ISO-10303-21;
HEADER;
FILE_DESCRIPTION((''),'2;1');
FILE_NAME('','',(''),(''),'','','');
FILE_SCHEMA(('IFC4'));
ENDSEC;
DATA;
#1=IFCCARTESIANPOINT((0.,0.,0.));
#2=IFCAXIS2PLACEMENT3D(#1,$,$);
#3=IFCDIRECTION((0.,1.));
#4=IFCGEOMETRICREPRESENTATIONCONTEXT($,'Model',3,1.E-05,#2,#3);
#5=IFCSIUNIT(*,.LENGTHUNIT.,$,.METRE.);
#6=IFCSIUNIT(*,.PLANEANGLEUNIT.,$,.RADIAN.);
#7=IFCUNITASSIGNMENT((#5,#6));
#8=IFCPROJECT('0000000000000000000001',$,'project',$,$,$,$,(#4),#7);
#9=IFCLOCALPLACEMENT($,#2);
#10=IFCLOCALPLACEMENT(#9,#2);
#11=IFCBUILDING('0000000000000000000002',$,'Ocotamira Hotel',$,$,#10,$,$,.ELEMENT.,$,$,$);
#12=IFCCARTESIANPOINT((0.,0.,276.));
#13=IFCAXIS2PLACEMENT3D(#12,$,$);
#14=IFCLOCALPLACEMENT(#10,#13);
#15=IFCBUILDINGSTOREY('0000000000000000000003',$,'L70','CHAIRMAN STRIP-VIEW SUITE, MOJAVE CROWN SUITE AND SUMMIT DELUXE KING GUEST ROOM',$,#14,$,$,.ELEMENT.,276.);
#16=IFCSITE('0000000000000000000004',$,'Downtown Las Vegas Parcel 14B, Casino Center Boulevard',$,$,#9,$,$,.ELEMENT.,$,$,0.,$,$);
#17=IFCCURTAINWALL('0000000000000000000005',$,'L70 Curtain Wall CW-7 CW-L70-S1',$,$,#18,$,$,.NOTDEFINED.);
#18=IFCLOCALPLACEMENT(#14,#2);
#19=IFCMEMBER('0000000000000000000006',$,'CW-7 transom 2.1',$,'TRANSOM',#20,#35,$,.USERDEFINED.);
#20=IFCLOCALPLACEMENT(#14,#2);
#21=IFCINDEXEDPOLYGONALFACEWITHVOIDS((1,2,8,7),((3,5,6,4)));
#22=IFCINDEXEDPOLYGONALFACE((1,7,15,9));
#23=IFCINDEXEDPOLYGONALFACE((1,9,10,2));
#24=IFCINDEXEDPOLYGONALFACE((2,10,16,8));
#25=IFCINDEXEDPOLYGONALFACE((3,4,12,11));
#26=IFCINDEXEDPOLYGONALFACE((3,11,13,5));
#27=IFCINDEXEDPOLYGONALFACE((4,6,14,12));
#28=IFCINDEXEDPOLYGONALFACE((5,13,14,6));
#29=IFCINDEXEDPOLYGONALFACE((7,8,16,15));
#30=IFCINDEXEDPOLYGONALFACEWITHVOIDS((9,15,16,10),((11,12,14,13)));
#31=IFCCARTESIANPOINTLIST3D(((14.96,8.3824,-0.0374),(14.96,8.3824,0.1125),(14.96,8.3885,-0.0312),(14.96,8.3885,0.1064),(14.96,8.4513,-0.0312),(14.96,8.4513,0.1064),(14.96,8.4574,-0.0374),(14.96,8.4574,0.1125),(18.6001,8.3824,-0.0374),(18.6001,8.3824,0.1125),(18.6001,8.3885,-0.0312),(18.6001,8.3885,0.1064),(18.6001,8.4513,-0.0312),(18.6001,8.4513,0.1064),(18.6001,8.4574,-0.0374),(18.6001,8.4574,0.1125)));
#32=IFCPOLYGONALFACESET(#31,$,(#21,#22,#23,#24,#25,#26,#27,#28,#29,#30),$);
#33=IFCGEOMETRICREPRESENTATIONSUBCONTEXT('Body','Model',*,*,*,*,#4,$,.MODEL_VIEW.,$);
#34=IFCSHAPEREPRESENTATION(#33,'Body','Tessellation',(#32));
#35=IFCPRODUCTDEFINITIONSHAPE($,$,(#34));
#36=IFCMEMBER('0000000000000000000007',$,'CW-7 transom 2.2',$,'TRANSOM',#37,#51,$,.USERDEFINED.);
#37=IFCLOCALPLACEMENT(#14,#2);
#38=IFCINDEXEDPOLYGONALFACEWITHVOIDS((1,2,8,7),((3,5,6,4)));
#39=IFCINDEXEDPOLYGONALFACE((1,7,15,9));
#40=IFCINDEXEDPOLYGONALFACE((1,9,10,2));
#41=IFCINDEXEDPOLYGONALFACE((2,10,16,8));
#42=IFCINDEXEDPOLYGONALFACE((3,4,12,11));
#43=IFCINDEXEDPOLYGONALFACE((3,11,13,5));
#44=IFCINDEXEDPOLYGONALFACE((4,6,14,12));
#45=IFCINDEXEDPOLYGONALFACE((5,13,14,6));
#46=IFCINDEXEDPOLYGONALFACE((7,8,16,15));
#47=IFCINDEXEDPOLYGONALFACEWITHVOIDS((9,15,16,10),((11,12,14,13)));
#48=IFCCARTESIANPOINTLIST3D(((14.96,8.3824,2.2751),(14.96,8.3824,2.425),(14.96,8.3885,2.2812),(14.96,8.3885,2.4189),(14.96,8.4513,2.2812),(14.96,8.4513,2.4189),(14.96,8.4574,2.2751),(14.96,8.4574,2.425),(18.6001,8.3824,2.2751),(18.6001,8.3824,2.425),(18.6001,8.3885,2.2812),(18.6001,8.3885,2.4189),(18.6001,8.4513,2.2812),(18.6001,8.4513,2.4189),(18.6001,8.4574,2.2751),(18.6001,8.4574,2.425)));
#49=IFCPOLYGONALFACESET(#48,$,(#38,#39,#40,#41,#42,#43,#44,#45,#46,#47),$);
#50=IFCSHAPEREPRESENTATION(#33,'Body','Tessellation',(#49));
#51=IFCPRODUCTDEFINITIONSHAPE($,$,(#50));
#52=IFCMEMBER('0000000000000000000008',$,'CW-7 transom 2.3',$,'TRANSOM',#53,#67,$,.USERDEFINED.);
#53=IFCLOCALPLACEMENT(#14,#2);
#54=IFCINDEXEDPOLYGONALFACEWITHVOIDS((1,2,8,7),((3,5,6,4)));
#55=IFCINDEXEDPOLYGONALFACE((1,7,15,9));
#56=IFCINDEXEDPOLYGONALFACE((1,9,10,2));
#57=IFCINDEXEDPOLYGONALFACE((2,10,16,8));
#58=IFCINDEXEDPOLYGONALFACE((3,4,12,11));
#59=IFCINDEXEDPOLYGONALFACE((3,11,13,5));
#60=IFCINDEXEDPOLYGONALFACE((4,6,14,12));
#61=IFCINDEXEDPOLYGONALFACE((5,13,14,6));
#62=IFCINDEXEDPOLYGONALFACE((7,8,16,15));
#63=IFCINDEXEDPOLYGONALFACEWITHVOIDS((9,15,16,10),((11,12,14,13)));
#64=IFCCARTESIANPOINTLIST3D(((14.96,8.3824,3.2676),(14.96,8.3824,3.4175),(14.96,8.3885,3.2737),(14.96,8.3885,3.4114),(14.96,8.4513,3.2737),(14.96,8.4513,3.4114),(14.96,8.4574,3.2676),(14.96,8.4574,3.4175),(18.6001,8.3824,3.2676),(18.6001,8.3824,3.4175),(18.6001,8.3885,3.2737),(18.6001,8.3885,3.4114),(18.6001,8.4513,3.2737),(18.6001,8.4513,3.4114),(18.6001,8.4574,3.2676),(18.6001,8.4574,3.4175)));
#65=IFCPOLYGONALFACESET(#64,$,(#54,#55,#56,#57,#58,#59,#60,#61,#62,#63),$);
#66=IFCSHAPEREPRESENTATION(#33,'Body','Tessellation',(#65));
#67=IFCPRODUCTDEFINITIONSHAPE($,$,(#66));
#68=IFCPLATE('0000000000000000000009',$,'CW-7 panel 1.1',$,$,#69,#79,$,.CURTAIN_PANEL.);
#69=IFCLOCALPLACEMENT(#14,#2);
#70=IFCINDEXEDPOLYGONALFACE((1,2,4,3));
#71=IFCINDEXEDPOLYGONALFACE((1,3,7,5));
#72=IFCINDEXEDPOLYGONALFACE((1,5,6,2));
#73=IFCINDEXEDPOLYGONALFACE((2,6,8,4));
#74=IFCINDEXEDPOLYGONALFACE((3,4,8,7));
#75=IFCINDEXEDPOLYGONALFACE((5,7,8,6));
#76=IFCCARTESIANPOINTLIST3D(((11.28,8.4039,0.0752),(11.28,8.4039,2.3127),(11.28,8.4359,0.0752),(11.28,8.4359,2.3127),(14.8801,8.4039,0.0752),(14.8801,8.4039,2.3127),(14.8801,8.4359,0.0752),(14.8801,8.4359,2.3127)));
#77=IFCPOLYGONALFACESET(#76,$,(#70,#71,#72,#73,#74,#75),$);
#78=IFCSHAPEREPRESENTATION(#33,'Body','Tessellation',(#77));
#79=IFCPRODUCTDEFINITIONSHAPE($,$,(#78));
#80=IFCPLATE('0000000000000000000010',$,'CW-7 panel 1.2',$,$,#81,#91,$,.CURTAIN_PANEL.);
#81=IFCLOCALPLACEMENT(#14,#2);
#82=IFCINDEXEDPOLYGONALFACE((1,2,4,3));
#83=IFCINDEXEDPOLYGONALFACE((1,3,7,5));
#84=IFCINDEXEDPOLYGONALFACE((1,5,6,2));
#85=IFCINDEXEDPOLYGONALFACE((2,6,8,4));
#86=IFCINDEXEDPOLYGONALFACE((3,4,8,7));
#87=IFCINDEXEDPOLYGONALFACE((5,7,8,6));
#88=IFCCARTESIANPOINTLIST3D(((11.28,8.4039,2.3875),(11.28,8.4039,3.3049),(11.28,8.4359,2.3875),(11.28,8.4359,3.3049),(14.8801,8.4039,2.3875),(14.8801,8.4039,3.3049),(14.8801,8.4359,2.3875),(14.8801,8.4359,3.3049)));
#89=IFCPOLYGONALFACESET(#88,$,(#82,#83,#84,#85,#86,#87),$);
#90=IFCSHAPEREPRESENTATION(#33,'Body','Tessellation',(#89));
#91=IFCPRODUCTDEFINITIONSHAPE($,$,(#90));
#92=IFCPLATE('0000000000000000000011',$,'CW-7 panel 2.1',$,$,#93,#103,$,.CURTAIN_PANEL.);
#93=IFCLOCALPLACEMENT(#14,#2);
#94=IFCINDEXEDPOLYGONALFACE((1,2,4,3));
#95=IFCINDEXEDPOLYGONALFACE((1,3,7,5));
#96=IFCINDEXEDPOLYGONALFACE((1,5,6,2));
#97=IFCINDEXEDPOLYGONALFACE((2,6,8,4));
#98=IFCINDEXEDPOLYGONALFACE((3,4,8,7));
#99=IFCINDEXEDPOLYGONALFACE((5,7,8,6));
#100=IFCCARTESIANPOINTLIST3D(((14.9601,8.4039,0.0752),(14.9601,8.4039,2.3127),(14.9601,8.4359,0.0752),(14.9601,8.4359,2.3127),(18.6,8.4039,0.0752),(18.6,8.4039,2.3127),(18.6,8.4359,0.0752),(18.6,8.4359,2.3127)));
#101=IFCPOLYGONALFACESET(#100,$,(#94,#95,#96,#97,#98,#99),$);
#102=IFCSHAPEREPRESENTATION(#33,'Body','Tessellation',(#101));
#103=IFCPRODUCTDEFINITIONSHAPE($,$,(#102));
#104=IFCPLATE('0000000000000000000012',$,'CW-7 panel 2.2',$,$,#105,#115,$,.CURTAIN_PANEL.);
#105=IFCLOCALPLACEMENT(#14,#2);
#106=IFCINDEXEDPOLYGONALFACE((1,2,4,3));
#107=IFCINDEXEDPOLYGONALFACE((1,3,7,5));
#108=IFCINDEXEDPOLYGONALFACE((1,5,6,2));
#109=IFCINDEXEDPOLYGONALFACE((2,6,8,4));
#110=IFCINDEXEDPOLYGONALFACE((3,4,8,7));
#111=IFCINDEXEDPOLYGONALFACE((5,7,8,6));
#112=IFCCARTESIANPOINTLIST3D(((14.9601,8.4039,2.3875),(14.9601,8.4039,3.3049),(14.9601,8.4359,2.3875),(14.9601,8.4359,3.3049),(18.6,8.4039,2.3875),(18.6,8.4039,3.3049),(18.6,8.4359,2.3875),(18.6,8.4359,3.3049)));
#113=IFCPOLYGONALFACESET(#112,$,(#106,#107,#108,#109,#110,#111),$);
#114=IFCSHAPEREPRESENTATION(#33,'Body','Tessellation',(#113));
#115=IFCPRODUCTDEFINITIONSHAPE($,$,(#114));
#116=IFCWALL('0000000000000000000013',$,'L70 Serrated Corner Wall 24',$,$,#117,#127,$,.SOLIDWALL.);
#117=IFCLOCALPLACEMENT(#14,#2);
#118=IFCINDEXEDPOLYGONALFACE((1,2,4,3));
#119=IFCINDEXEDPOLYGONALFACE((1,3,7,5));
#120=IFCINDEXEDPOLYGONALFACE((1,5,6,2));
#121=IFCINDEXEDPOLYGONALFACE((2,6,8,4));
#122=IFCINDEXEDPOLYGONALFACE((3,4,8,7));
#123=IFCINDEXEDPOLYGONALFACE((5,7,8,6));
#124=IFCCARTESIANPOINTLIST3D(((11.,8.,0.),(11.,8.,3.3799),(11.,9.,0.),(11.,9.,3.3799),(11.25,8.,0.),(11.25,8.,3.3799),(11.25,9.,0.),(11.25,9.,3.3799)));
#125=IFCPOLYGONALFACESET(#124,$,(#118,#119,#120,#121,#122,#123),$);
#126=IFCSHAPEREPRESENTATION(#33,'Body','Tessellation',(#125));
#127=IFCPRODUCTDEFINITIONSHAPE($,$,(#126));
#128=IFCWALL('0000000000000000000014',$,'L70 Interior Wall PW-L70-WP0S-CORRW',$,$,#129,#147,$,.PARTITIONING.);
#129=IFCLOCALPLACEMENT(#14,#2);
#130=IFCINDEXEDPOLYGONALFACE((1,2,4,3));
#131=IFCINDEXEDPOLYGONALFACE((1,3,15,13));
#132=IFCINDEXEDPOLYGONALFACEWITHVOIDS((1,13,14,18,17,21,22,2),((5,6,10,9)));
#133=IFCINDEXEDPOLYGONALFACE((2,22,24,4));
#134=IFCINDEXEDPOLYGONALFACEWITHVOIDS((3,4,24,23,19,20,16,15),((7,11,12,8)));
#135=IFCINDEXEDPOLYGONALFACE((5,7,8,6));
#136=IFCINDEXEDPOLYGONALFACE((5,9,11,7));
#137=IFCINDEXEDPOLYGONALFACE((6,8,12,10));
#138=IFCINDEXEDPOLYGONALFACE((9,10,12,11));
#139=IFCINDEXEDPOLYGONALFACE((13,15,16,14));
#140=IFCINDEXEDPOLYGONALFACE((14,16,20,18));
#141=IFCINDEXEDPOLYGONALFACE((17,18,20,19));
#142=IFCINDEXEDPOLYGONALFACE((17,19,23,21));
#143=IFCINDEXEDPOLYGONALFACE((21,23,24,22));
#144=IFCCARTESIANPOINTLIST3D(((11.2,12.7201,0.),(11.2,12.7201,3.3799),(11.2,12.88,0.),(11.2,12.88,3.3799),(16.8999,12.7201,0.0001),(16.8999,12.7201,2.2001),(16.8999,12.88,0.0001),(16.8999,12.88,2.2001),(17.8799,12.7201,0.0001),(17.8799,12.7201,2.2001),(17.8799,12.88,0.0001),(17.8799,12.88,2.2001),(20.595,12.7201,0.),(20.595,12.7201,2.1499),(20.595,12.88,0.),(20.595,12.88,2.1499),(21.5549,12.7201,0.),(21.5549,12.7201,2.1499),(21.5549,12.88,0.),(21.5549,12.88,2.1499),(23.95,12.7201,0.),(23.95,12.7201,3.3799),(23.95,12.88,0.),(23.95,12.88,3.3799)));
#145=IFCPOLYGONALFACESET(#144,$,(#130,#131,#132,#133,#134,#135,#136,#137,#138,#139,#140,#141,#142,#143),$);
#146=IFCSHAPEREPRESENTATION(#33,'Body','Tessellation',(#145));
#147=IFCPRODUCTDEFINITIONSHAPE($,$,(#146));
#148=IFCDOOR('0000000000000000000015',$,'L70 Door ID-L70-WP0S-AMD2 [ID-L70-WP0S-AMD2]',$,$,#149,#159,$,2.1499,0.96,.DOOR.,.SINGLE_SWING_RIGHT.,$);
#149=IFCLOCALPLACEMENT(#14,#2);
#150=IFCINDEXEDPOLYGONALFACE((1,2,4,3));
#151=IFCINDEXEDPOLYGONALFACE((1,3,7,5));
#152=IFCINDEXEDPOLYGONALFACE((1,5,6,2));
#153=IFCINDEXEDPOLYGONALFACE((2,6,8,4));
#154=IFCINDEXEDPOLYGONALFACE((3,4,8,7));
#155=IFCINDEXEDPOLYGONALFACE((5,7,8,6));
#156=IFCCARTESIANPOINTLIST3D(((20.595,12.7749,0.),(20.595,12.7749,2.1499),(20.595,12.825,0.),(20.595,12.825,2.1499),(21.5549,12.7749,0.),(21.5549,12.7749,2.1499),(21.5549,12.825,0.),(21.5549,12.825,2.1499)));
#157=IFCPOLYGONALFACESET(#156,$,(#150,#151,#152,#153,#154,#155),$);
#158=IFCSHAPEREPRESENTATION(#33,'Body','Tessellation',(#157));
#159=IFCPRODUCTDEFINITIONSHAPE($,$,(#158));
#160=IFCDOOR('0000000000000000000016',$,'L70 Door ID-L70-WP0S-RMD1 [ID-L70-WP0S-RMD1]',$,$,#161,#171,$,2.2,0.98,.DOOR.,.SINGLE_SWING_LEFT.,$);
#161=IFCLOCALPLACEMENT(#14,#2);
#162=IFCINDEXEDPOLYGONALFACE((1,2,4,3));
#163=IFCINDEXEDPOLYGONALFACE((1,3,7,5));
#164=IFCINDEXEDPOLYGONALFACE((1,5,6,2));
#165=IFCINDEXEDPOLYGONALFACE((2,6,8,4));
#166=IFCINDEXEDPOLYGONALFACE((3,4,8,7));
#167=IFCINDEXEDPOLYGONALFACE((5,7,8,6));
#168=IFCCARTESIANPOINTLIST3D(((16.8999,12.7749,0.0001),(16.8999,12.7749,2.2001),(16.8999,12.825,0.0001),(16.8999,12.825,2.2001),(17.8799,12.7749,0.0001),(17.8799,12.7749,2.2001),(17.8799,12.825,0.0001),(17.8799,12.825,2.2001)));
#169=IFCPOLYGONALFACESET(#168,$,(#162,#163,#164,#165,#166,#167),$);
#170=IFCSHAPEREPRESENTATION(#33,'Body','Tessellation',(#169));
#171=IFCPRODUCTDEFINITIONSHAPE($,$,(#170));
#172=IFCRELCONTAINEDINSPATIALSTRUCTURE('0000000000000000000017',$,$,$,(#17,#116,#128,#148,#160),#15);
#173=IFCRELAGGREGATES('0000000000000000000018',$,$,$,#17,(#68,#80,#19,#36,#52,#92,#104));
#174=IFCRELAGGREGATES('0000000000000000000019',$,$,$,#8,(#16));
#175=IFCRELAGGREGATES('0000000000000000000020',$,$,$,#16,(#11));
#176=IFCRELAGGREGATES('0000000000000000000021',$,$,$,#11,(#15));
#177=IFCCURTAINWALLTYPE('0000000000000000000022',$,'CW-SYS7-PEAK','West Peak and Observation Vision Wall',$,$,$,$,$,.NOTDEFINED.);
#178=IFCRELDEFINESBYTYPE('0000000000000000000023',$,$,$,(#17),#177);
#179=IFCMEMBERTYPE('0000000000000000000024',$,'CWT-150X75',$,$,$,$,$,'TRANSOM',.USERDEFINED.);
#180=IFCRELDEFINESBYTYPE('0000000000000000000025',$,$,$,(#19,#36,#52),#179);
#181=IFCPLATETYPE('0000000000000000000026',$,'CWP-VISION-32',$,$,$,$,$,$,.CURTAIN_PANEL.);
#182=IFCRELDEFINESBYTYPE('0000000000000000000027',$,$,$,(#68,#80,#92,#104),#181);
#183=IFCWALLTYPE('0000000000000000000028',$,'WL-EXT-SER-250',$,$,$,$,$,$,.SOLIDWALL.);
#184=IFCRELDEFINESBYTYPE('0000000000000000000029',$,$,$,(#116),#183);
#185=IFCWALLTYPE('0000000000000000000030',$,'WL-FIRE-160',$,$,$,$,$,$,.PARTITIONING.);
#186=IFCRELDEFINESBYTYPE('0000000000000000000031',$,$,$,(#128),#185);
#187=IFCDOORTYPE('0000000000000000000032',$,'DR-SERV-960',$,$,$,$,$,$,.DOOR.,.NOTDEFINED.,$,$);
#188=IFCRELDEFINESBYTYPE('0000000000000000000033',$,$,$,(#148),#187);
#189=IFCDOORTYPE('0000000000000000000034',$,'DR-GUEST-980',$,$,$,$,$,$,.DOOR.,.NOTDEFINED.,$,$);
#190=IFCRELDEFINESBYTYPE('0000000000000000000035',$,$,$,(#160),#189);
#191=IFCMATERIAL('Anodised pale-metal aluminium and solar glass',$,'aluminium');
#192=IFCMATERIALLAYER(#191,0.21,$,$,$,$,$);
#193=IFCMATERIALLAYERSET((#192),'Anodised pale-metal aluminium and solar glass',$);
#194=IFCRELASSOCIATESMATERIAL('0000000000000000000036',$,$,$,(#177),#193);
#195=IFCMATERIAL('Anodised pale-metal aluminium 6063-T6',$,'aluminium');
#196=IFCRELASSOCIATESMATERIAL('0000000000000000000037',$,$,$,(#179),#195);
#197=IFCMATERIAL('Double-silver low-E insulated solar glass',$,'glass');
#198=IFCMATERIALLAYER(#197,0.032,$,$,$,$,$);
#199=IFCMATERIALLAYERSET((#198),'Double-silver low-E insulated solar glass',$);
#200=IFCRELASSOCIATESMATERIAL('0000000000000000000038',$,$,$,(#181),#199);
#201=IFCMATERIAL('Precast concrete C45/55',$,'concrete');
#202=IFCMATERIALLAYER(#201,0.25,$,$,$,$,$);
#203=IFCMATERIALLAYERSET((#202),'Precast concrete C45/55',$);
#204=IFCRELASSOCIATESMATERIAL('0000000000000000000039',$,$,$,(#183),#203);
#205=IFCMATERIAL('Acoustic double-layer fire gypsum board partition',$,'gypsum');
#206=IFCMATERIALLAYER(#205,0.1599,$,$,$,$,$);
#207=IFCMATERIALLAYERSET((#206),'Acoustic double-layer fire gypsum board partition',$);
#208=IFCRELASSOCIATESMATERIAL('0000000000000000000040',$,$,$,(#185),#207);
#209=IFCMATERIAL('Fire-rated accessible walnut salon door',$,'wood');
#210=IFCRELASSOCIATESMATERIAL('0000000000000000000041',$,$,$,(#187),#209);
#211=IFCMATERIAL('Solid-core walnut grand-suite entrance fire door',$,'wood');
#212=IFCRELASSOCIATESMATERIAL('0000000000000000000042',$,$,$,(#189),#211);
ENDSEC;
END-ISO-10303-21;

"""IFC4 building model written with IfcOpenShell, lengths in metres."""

from ifc_helpers import new_model, si_unit, direction, frame, frame_2d, origin, origin_2d, place, context, subcontext, project, spatial, rectangle, hollow_rectangle, extrude, source, transform, mapped, material, layer, layer_set, material_profile, profile_set, type_object, element, fill, aggregate, save


model = new_model("IFC4")

# Units and contexts
model_context = context("Model", 3, precision=1e-05, world=origin(), true_north=direction((0.0, 1.0)))
body_context = subcontext(model_context, "Body", "Model", "MODEL_VIEW")
ifc_project = project(units=[si_unit("LENGTHUNIT", "METRE"), si_unit("PLANEANGLEUNIT", "RADIAN")], contexts=[model_context])

# Site, building, storey
site_placement = place(None, origin())
site = spatial("IfcSite", under=ifc_project, at=site_placement, Name="Downtown Las Vegas Parcel 14B, Casino Center Boulevard", CompositionType="ELEMENT", RefElevation=0.0)
building_placement = place(site_placement, origin())
building = spatial("IfcBuilding", under=site, at=building_placement, Name="Ocotamira Hotel", CompositionType="ELEMENT")
storey_placement = place(building_placement, frame((0.0, 0.0, 276.0)))
storey = spatial("IfcBuildingStorey", under=building, at=storey_placement, Name="L70", Description="CHAIRMAN STRIP-VIEW SUITE, MOJAVE CROWN SUITE AND SUMMIT DELUXE KING GUEST ROOM", CompositionType="ELEMENT", Elevation=276.0)

# Curtain wall, members, plates
ifc_material_1 = material(Name="Anodised pale-metal aluminium and solar glass", Category="aluminium")
ifc_layer_1 = layer(ifc_material_1, 0.21)
ifc_layer_set_1 = layer_set([ifc_layer_1], Name="Anodised pale-metal aluminium and solar glass")
curtain_wall_type = type_object("IfcCurtainWallType", Name="CW-SYS7-PEAK", Description="West Peak and Observation Vision Wall", PredefinedType="NOTDEFINED", material=ifc_layer_set_1)
curtain_wall_placement = place(storey_placement, origin())
curtain_wall = element("IfcCurtainWall", 1, at=curtain_wall_placement, inside=storey, type_object=curtain_wall_type, Name="L70 Curtain Wall CW-7 CW-L70-S1", PredefinedType="NOTDEFINED")
ifc_material_2 = material(Name="Anodised pale-metal aluminium 6063-T6", Category="aluminium")
ifc_material_profile_1 = material_profile(ifc_material_2, hollow_rectangle(XDim=0.075, YDim=0.1499, WallThickness=0.0061, at=origin_2d()), Name="HSS150X75X6")
ifc_profile_set_1 = profile_set([ifc_material_profile_1], Name="Anodised pale-metal aluminium 6063-T6")
member_type_1 = type_object("IfcMemberType", Name="CWT-150X75", ElementType="TRANSOM", PredefinedType="USERDEFINED", material=ifc_profile_set_1)
shared_shape_1 = source(origin(), body_context, "Body", "SweptSolid", [
    extrude(hollow_rectangle(XDim=0.075, YDim=0.1499, WallThickness=0.0061, at=origin_2d()), origin(), (0.0, 0.0, 1.0), 3.6401),
])
member_1_placement = place(storey_placement, frame((14.96, 8.4199, 0.0376), z_axis=(1.0, 0.0, 0.0), x_axis=(0.0, 1.0, 0.0)))
member_1 = element("IfcMember", 2, at=member_1_placement, type_object=member_type_1, Name="CW-7 transom 2.1", ObjectType="TRANSOM", PredefinedType="USERDEFINED", context=body_context, shape_type="MappedRepresentation", body=[
    mapped(shared_shape_1, transform((0.0, 0.0, 0.0), scale=1.0)),
])
member_2_placement = place(storey_placement, frame((14.96, 8.4199, 2.3501), z_axis=(1.0, 0.0, 0.0), x_axis=(0.0, 1.0, 0.0)))
member_2 = element("IfcMember", 3, at=member_2_placement, type_object=member_type_1, Name="CW-7 transom 2.2", ObjectType="TRANSOM", PredefinedType="USERDEFINED", context=body_context, shape_type="MappedRepresentation", body=[
    mapped(shared_shape_1, transform((0.0, 0.0, 0.0), scale=1.0)),
])
member_3_placement = place(storey_placement, frame((14.96, 8.4199, 3.3425), z_axis=(1.0, 0.0, 0.0), x_axis=(0.0, 1.0, 0.0)))
member_3 = element("IfcMember", 4, at=member_3_placement, type_object=member_type_1, Name="CW-7 transom 2.3", ObjectType="TRANSOM", PredefinedType="USERDEFINED", context=body_context, shape_type="MappedRepresentation", body=[
    mapped(shared_shape_1, transform((0.0, 0.0, 0.0), scale=1.0)),
])
ifc_material_3 = material(Name="Double-silver low-E insulated solar glass", Category="glass")
ifc_layer_2 = layer(ifc_material_3, 0.032)
ifc_layer_set_2 = layer_set([ifc_layer_2], Name="Double-silver low-E insulated solar glass")
plate_type = type_object("IfcPlateType", Name="CWP-VISION-32", PredefinedType="CURTAIN_PANEL", material=ifc_layer_set_2)
shared_shape_2 = source(origin(), body_context, "Body", "SweptSolid", [
    extrude(rectangle(XDim=3.6001, YDim=0.032, at=origin_2d()), origin(), (0.0, 0.0, 1.0), 2.2375),
])
plate_1_placement = place(storey_placement, frame((13.0801, 8.4199, 0.0752), z_axis=(0.0, 0.0, 1.0), x_axis=(1.0, 0.0, 0.0)))
plate_1 = element("IfcPlate", 5, at=plate_1_placement, type_object=plate_type, Name="CW-7 panel 1.1", PredefinedType="CURTAIN_PANEL", context=body_context, shape_type="MappedRepresentation", body=[
    mapped(shared_shape_2, transform((0.0, 0.0, 0.0), scale=1.0)),
])
shared_shape_3 = source(origin(), body_context, "Body", "SweptSolid", [
    extrude(rectangle(XDim=3.6001, YDim=0.032, at=origin_2d()), origin(), (0.0, 0.0, 1.0), 0.9175),
])
plate_2_placement = place(storey_placement, frame((13.0801, 8.4199, 2.3875), z_axis=(0.0, 0.0, 1.0), x_axis=(1.0, 0.0, 0.0)))
plate_2 = element("IfcPlate", 6, at=plate_2_placement, type_object=plate_type, Name="CW-7 panel 1.2", PredefinedType="CURTAIN_PANEL", context=body_context, shape_type="MappedRepresentation", body=[
    mapped(shared_shape_3, transform((0.0, 0.0, 0.0), scale=1.0)),
])
shared_shape_4 = source(origin(), body_context, "Body", "SweptSolid", [
    extrude(rectangle(XDim=3.6399, YDim=0.032, at=origin_2d()), origin(), (0.0, 0.0, 1.0), 2.2375),
])
plate_3_placement = place(storey_placement, frame((16.78, 8.4199, 0.0752), z_axis=(0.0, 0.0, 1.0), x_axis=(1.0, 0.0, 0.0)))
plate_3 = element("IfcPlate", 7, at=plate_3_placement, type_object=plate_type, Name="CW-7 panel 2.1", PredefinedType="CURTAIN_PANEL", context=body_context, shape_type="MappedRepresentation", body=[
    mapped(shared_shape_4, transform((0.0, 0.0, 0.0), scale=1.0)),
])
shared_shape_5 = source(origin(), body_context, "Body", "SweptSolid", [
    extrude(rectangle(XDim=3.6399, YDim=0.032, at=origin_2d()), origin(), (0.0, 0.0, 1.0), 0.9175),
])
plate_4_placement = place(storey_placement, frame((16.78, 8.4199, 2.3875), z_axis=(0.0, 0.0, 1.0), x_axis=(1.0, 0.0, 0.0)))
plate_4 = element("IfcPlate", 8, at=plate_4_placement, type_object=plate_type, Name="CW-7 panel 2.2", PredefinedType="CURTAIN_PANEL", context=body_context, shape_type="MappedRepresentation", body=[
    mapped(shared_shape_5, transform((0.0, 0.0, 0.0), scale=1.0)),
])
aggregate(curtain_wall, [plate_1, plate_2, member_1, member_2, member_3, plate_3, plate_4])

# Wall
ifc_material_4 = material(Name="Precast concrete C45/55", Category="concrete")
ifc_layer_3 = layer(ifc_material_4, 0.25)
ifc_layer_set_3 = layer_set([ifc_layer_3], Name="Precast concrete C45/55")
wall_type_1 = type_object("IfcWallType", Name="WL-EXT-SER-250", PredefinedType="SOLIDWALL", material=ifc_layer_set_3)
wall_1_placement = place(storey_placement, frame((11.125, 9.0, 0.0), z_axis=(0.0, 0.0, 1.0), x_axis=(0.0, -1.0, 0.0)))
element("IfcWall", 9, at=wall_1_placement, inside=storey, type_object=wall_type_1, Name="L70 Serrated Corner Wall 24", PredefinedType="SOLIDWALL", context=body_context, shape_type="SweptSolid", body=[
    extrude(rectangle(XDim=1.0, YDim=0.25, at=frame_2d((0.5, 0.0))), origin(), (0.0, 0.0, 1.0), 3.3799),
])

# Wall, openings, doors
ifc_material_5 = material(Name="Acoustic double-layer fire gypsum board partition", Category="gypsum")
ifc_layer_4 = layer(ifc_material_5, 0.1599)
ifc_layer_set_4 = layer_set([ifc_layer_4], Name="Acoustic double-layer fire gypsum board partition")
wall_type_2 = type_object("IfcWallType", Name="WL-FIRE-160", PredefinedType="PARTITIONING", material=ifc_layer_set_4)
wall_2_placement = place(storey_placement, frame((11.2, 12.8, 0.0), z_axis=(0.0, 0.0, 1.0), x_axis=(1.0, 0.0, 0.0)))
wall_2 = element("IfcWall", 10, at=wall_2_placement, inside=storey, type_object=wall_type_2, Name="L70 Interior Wall PW-L70-WP0S-CORRW", PredefinedType="PARTITIONING", context=body_context, shape_type="SweptSolid", body=[
    extrude(rectangle(XDim=12.75, YDim=0.1599, at=frame_2d((6.375, 0.0))), origin(), (0.0, 0.0, 1.0), 3.3799),
])
opening_1_placement = place(wall_2_placement, frame((5.7, 0.0, 0.0)))
opening_1 = element("IfcOpeningElement", 11, at=opening_1_placement, cuts=wall_2, PredefinedType="OPENING", context=body_context, shape_type="SweptSolid", body=[
    extrude(rectangle(XDim=0.98, YDim=2.2, at=frame_2d((0.49, 1.1001))), frame((0.0, 0.0898, 0.0), z_axis=(0.0, -1.0, 0.0), x_axis=(1.0, 0.0, 0.0)), (0.0, 0.0, 1.0), 0.1799),
])
opening_2_placement = place(wall_2_placement, frame((9.395, 0.0, 0.0)))
opening_2 = element("IfcOpeningElement", 12, at=opening_2_placement, cuts=wall_2, PredefinedType="OPENING", context=body_context, shape_type="SweptSolid", body=[
    extrude(rectangle(XDim=0.96, YDim=2.1499, at=frame_2d((0.48, 1.075))), frame((0.0, 0.0898, 0.0), z_axis=(0.0, -1.0, 0.0), x_axis=(1.0, 0.0, 0.0)), (0.0, 0.0, 1.0), 0.1799),
])
ifc_material_6 = material(Name="Fire-rated accessible walnut salon door", Category="wood")
door_type_1 = type_object("IfcDoorType", Name="DR-SERV-960", OperationType="NOTDEFINED", PredefinedType="DOOR", material=ifc_material_6)
shared_shape_6 = source(origin(), body_context, "Body", "SweptSolid", [
    extrude(rectangle(XDim=0.96, YDim=2.1499, at=frame_2d((0.48, 1.075))), frame((0.0, 0.0249, 0.0), z_axis=(0.0, -1.0, 0.0), x_axis=(1.0, 0.0, 0.0)), (0.0, 0.0, 1.0), 0.05),
])
door_1_placement = place(opening_2_placement, origin())
door_1 = element("IfcDoor", 13, at=door_1_placement, inside=storey, type_object=door_type_1, Name="L70 Door ID-L70-WP0S-AMD2 [ID-L70-WP0S-AMD2]", OperationType="SINGLE_SWING_RIGHT", OverallHeight=2.1499, OverallWidth=0.96, PredefinedType="DOOR", context=body_context, shape_type="MappedRepresentation", body=[
    mapped(shared_shape_6, transform((0.0, 0.0, 0.0), scale=1.0)),
])
fill(opening_2, door_1)
ifc_material_7 = material(Name="Solid-core walnut grand-suite entrance fire door", Category="wood")
door_type_2 = type_object("IfcDoorType", Name="DR-GUEST-980", OperationType="NOTDEFINED", PredefinedType="DOOR", material=ifc_material_7)
shared_shape_7 = source(origin(), body_context, "Body", "SweptSolid", [
    extrude(rectangle(XDim=0.98, YDim=2.2, at=frame_2d((0.49, 1.1001))), frame((0.0, 0.0249, 0.0), z_axis=(0.0, -1.0, 0.0), x_axis=(1.0, 0.0, 0.0)), (0.0, 0.0, 1.0), 0.05),
])
door_2_placement = place(opening_1_placement, origin())
door_2 = element("IfcDoor", 14, at=door_2_placement, inside=storey, type_object=door_type_2, Name="L70 Door ID-L70-WP0S-RMD1 [ID-L70-WP0S-RMD1]", OperationType="SINGLE_SWING_LEFT", OverallHeight=2.2, OverallWidth=0.98, PredefinedType="DOOR", context=body_context, shape_type="MappedRepresentation", body=[
    mapped(shared_shape_7, transform((0.0, 0.0, 0.0), scale=1.0)),
])
fill(opening_1, door_2)

save(model, "model.ifc")
